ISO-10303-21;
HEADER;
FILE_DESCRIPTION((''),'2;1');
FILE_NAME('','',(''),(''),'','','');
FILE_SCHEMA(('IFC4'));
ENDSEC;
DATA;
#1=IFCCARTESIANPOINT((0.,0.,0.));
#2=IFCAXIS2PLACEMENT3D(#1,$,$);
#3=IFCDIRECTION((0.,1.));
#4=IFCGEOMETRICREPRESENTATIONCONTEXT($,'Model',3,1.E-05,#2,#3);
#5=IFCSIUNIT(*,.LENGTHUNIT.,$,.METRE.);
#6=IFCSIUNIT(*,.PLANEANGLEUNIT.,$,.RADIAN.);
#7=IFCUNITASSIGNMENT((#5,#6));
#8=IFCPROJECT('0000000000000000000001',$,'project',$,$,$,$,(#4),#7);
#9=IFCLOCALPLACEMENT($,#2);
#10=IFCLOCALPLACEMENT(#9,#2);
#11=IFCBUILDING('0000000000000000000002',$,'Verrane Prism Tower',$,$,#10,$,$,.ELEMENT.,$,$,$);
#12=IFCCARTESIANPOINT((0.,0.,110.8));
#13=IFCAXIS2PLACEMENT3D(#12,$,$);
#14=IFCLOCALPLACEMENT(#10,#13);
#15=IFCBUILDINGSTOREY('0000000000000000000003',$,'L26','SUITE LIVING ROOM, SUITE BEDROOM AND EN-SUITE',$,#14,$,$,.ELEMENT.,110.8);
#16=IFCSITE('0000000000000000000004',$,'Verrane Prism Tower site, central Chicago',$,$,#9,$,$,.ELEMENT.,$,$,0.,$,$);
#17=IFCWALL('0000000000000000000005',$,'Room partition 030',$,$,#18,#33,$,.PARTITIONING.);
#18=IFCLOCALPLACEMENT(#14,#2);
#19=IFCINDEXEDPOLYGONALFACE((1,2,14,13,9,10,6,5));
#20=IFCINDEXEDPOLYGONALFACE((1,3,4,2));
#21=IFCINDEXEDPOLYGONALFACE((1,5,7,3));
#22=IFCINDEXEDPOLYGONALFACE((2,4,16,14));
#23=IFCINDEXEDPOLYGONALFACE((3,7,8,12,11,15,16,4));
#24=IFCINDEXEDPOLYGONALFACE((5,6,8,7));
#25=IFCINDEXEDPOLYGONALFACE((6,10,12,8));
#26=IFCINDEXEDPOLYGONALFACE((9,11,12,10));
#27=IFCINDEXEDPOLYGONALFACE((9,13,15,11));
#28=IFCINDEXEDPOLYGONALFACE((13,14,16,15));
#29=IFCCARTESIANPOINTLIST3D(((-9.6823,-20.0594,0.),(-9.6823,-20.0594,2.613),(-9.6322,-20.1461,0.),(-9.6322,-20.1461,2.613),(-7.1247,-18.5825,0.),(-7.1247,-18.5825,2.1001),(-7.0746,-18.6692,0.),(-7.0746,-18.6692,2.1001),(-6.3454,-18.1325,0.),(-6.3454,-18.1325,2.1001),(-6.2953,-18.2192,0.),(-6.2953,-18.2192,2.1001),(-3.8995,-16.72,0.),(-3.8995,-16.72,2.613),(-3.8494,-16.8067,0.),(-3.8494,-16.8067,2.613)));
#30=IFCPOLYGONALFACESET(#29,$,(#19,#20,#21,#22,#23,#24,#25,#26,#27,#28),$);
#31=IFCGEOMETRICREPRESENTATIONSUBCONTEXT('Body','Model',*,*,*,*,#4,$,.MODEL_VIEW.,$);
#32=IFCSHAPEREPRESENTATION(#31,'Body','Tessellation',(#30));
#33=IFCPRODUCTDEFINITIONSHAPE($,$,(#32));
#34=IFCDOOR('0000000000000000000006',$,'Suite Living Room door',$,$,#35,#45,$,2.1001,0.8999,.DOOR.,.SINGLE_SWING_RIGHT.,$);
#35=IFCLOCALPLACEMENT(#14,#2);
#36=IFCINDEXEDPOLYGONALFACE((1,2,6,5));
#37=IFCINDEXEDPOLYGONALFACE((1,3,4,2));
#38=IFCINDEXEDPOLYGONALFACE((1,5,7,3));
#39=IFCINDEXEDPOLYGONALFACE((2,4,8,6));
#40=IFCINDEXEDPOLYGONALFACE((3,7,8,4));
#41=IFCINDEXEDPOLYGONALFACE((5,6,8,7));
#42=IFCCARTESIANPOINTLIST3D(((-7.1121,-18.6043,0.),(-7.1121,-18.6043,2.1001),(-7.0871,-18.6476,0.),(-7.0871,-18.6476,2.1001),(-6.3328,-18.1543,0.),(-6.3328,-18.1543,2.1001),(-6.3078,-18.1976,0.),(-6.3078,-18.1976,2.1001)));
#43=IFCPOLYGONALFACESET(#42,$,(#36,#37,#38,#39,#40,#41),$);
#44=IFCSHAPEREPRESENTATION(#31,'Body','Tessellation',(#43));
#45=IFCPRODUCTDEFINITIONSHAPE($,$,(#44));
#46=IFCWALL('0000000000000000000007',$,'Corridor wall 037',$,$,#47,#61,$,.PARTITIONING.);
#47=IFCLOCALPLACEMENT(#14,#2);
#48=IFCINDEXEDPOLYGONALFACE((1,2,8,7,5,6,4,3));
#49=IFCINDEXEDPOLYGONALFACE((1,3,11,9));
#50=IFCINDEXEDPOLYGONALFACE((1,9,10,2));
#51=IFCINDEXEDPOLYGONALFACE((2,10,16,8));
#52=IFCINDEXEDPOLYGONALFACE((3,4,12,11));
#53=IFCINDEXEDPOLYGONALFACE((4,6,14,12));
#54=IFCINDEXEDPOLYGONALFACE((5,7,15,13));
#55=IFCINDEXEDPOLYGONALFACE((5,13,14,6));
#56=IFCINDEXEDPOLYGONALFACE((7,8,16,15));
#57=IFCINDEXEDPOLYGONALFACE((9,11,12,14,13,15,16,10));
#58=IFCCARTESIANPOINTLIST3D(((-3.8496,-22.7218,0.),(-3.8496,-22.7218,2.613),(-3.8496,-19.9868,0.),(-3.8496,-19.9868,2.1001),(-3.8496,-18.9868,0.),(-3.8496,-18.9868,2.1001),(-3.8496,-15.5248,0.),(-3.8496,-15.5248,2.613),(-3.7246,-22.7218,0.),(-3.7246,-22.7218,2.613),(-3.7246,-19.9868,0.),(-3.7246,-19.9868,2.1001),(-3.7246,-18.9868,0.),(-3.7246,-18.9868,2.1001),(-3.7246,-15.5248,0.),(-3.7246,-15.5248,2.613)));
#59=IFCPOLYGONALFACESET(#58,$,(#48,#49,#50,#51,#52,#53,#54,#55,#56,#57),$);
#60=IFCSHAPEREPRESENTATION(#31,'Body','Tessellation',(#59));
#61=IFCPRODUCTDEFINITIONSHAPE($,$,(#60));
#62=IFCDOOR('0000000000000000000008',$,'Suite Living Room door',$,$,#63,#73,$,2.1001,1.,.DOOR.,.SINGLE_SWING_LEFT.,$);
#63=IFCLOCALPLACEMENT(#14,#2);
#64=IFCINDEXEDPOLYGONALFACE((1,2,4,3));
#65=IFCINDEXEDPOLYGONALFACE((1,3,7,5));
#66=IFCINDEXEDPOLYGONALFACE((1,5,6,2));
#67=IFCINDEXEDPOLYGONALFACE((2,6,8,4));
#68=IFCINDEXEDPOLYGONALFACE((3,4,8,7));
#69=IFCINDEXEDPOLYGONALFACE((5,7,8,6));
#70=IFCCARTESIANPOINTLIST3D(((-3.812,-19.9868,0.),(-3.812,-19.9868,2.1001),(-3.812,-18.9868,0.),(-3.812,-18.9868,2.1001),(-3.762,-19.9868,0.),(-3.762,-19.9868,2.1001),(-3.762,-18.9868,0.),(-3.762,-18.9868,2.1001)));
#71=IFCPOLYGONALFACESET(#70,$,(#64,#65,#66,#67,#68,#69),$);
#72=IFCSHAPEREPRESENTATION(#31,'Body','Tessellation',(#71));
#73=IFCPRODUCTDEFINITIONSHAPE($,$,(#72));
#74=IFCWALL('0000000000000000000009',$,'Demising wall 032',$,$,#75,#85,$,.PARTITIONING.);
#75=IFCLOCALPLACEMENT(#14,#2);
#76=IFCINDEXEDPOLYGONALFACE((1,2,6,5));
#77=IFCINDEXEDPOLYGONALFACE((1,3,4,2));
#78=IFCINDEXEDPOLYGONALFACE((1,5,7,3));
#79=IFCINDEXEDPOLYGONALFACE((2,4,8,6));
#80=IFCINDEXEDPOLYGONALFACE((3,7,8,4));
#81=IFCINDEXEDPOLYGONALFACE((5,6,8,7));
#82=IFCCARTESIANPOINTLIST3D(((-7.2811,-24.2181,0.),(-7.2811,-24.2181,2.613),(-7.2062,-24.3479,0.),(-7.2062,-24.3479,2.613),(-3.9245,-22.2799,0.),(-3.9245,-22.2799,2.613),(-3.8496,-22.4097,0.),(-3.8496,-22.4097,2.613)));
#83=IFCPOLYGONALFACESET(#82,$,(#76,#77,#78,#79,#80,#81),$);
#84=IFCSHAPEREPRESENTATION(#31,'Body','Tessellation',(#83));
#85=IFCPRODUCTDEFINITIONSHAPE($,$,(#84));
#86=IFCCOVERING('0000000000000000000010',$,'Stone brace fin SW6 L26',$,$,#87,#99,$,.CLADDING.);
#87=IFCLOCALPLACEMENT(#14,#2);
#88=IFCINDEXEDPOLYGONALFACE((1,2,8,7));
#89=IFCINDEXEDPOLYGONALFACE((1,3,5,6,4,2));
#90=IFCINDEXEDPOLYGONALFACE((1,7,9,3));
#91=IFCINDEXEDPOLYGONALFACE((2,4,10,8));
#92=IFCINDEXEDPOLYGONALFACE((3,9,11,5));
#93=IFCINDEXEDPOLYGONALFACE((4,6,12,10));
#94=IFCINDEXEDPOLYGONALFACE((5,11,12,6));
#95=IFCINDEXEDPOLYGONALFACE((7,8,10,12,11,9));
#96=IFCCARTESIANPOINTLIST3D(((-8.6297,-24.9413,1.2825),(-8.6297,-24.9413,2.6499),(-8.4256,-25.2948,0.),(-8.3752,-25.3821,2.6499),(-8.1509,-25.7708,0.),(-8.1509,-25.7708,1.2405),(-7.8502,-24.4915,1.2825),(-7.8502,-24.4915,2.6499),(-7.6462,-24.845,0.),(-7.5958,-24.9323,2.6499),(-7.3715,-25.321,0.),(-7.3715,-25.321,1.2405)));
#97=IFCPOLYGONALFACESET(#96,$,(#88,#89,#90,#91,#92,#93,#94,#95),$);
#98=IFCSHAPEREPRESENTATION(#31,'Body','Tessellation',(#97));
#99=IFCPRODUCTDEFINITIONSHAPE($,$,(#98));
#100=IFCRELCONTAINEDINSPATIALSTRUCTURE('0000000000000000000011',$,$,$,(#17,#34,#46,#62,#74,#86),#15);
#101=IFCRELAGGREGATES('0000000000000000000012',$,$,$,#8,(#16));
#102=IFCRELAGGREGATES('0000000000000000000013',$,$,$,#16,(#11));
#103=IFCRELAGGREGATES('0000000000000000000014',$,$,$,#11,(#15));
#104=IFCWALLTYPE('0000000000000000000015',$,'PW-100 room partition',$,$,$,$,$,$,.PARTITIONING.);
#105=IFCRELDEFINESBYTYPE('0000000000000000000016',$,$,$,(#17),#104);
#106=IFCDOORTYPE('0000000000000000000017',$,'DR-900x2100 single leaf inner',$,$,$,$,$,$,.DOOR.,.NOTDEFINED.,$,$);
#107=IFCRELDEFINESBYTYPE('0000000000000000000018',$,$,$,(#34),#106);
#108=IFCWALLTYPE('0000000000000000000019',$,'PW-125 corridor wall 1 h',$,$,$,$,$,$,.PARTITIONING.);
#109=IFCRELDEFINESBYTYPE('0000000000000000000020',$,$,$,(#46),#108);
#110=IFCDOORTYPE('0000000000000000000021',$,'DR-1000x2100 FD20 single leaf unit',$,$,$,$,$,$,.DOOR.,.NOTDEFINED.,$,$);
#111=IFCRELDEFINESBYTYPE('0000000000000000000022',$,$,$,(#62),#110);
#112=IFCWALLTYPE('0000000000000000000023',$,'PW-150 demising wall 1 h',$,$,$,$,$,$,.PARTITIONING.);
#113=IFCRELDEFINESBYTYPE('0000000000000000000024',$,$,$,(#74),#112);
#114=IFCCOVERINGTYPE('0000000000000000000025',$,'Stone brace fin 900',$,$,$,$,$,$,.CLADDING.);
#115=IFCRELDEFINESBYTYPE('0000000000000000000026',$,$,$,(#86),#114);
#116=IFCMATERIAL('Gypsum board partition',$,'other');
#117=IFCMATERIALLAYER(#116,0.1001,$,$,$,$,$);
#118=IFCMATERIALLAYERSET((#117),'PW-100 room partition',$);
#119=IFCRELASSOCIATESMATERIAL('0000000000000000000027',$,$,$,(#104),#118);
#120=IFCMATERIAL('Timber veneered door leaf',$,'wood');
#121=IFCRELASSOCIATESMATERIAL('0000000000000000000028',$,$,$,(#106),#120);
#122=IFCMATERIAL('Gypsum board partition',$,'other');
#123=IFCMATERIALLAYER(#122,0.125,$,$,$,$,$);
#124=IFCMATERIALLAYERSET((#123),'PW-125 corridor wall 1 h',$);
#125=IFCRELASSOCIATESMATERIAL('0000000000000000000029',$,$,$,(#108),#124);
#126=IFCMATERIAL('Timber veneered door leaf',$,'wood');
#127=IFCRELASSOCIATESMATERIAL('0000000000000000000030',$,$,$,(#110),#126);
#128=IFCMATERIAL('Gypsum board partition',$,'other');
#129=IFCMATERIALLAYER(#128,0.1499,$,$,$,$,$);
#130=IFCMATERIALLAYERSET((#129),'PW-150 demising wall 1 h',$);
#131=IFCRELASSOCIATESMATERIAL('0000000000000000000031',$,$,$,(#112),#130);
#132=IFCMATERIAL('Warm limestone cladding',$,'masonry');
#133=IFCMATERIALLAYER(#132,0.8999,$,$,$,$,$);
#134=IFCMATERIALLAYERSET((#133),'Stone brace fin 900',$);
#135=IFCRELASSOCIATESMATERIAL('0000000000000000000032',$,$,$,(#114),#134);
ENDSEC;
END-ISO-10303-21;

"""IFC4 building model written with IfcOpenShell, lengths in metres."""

from ifc_helpers import new_model, si_unit, direction, frame, frame_2d, origin, place, context, subcontext, project, spatial, polyline, rectangle, outline, extrude, material, layer, layer_set, type_object, element, fill, save


model = new_model("IFC4")

# Units and contexts
model_context = context("Model", 3, precision=1e-05, world=origin(), true_north=direction((0.0, 1.0)))
body_context = subcontext(model_context, "Body", "Model", "MODEL_VIEW")
ifc_project = project(units=[si_unit("LENGTHUNIT", "METRE"), si_unit("PLANEANGLEUNIT", "RADIAN")], contexts=[model_context])

# Site, building, storey
site_placement = place(None, origin())
site = spatial("IfcSite", under=ifc_project, at=site_placement, Name="Verrane Prism Tower site, central Chicago", CompositionType="ELEMENT", RefElevation=0.0)
building_placement = place(site_placement, origin())
building = spatial("IfcBuilding", under=site, at=building_placement, Name="Verrane Prism Tower", CompositionType="ELEMENT")
storey_placement = place(building_placement, frame((0.0, 0.0, 110.8)))
storey = spatial("IfcBuildingStorey", under=building, at=storey_placement, Name="L26", Description="SUITE LIVING ROOM, SUITE BEDROOM AND EN-SUITE", CompositionType="ELEMENT", Elevation=110.8)

# Walls, openings, doors
ifc_material_1 = material(Name="Gypsum board partition", Category="other")
ifc_layer_1 = layer(ifc_material_1, 0.1001)
ifc_layer_set_1 = layer_set([ifc_layer_1], Name="PW-100 room partition")
wall_type_1 = type_object("IfcWallType", Name="PW-100 room partition", PredefinedType="PARTITIONING", material=ifc_layer_set_1)
wall_1_placement = place(storey_placement, frame((-9.6572, -20.1028, 0.0), z_axis=(0.0, 0.0, 1.0), x_axis=(0.86598, 0.500079, 0.0)))
wall_1 = element("IfcWall", 1, at=wall_1_placement, inside=storey, type_object=wall_type_1, Name="Room partition 030", PredefinedType="PARTITIONING", context=body_context, shape_type="SweptSolid", body=[
    extrude(rectangle(XDim=6.6777, YDim=0.1001, at=frame_2d((3.3389, 0.0))), origin(), (0.0, 0.0, 1.0), 2.613),
])
opening_1_placement = place(wall_1_placement, frame((2.9534, 0.0, 0.0)))
opening_1 = element("IfcOpeningElement", 2, at=opening_1_placement, cuts=wall_1, PredefinedType="OPENING", context=body_context, shape_type="SweptSolid", body=[
    extrude(rectangle(XDim=0.8999, YDim=2.1001, at=frame_2d((0.45, 1.05))), frame((0.0, 0.0601, 0.0), z_axis=(0.0, -1.0, 0.0), x_axis=(1.0, 0.0, 0.0)), (0.0, 0.0, 1.0), 0.1201),
])
ifc_material_2 = material(Name="Timber veneered door leaf", Category="wood")
door_type_1 = type_object("IfcDoorType", Name="DR-900x2100 single leaf inner", OperationType="NOTDEFINED", PredefinedType="DOOR", material=ifc_material_2)
door_1_placement = place(opening_1_placement, origin())
door_1 = element("IfcDoor", 3, at=door_1_placement, inside=storey, type_object=door_type_1, Name="Suite Living Room door", OperationType="SINGLE_SWING_RIGHT", OverallHeight=2.1001, OverallWidth=0.8999, PredefinedType="DOOR", context=body_context, shape_type="SweptSolid", body=[
    extrude(rectangle(XDim=0.8999, YDim=2.1001, at=frame_2d((0.45, 1.05))), frame((0.0, 0.0249, 0.0), z_axis=(0.0, -1.0, 0.0), x_axis=(1.0, 0.0, 0.0)), (0.0, 0.0, 1.0), 0.05),
])
fill(opening_1, door_1)
ifc_material_3 = material(Name="Gypsum board partition", Category="other")
ifc_layer_2 = layer(ifc_material_3, 0.125)
ifc_layer_set_2 = layer_set([ifc_layer_2], Name="PW-125 corridor wall 1 h")
wall_type_2 = type_object("IfcWallType", Name="PW-125 corridor wall 1 h", PredefinedType="PARTITIONING", material=ifc_layer_set_2)
wall_2_placement = place(storey_placement, frame((-3.7871, -22.7219, 0.0), z_axis=(0.0, 0.0, 1.0), x_axis=(0.0, 1.0, 0.0)))
wall_2 = element("IfcWall", 4, at=wall_2_placement, inside=storey, type_object=wall_type_2, Name="Corridor wall 037", PredefinedType="PARTITIONING", context=body_context, shape_type="SweptSolid", body=[
    extrude(rectangle(XDim=7.197, YDim=0.125, at=frame_2d((3.5986, 0.0))), origin(), (0.0, 0.0, 1.0), 2.613),
])
opening_2_placement = place(wall_2_placement, frame((2.7351, 0.0, 0.0)))
opening_2 = element("IfcOpeningElement", 5, at=opening_2_placement, cuts=wall_2, PredefinedType="OPENING", context=body_context, shape_type="SweptSolid", body=[
    extrude(rectangle(XDim=1.0, YDim=2.1001, at=frame_2d((0.5, 1.05))), frame((0.0, 0.0725, 0.0), z_axis=(0.0, -1.0, 0.0), x_axis=(1.0, 0.0, 0.0)), (0.0, 0.0, 1.0), 0.145),
])
ifc_material_4 = material(Name="Timber veneered door leaf", Category="wood")
door_type_2 = type_object("IfcDoorType", Name="DR-1000x2100 FD20 single leaf unit", OperationType="NOTDEFINED", PredefinedType="DOOR", material=ifc_material_4)
door_2_placement = place(opening_2_placement, origin())
door_2 = element("IfcDoor", 6, at=door_2_placement, inside=storey, type_object=door_type_2, Name="Suite Living Room door", OperationType="SINGLE_SWING_LEFT", OverallHeight=2.1001, OverallWidth=1.0, PredefinedType="DOOR", context=body_context, shape_type="SweptSolid", body=[
    extrude(rectangle(XDim=1.0, YDim=2.1001, at=frame_2d((0.5, 1.05))), frame((0.0, 0.0249, 0.0), z_axis=(0.0, -1.0, 0.0), x_axis=(1.0, 0.0, 0.0)), (0.0, 0.0, 1.0), 0.05),
])
fill(opening_2, door_2)

# Wall
ifc_material_5 = material(Name="Gypsum board partition", Category="other")
ifc_layer_3 = layer(ifc_material_5, 0.1499)
ifc_layer_set_3 = layer_set([ifc_layer_3], Name="PW-150 demising wall 1 h")
wall_type_3 = type_object("IfcWallType", Name="PW-150 demising wall 1 h", PredefinedType="PARTITIONING", material=ifc_layer_set_3)
wall_3_placement = place(storey_placement, frame((-7.2437, -24.283, 0.0), z_axis=(0.0, 0.0, 1.0), x_axis=(0.865998, 0.500048, 0.0)))
element("IfcWall", 7, at=wall_3_placement, inside=storey, type_object=wall_type_3, Name="Demising wall 032", PredefinedType="PARTITIONING", context=body_context, shape_type="SweptSolid", body=[
    extrude(rectangle(XDim=3.876, YDim=0.1499, at=frame_2d((1.938, 0.0))), origin(), (0.0, 0.0, 1.0), 2.613),
])

# Covering
ifc_material_6 = material(Name="Warm limestone cladding", Category="masonry")
ifc_layer_4 = layer(ifc_material_6, 0.8999)
ifc_layer_set_4 = layer_set([ifc_layer_4], Name="Stone brace fin 900")
covering_type = type_object("IfcCoveringType", Name="Stone brace fin 900", PredefinedType="CLADDING", material=ifc_layer_set_4)
covering_placement = place(storey_placement, frame((-7.7612, -25.5459, 0.0), z_axis=(0.0, 0.0, 1.0), x_axis=(-0.49984, 0.866118, 0.0)))
element("IfcCovering", 8, at=covering_placement, inside=storey, type_object=covering_type, Name="Stone brace fin SW6 L26", PredefinedType="CLADDING", context=body_context, shape_type="SweptSolid", body=[
    extrude(outline(polyline([(0.9578, 2.6499), (0.4487, 2.6499), (0.0, 1.2405), (0.0, 0.0), (0.5496, 0.0), (0.9578, 1.2825), (0.9578, 2.6499)])), frame((0.0, 0.45, 0.0), z_axis=(0.0, -1.0, 0.0), x_axis=(1.0, 0.0, 0.0)), (0.0, 0.0, 1.0), 0.8999),
])

save(model, "model.ifc")
